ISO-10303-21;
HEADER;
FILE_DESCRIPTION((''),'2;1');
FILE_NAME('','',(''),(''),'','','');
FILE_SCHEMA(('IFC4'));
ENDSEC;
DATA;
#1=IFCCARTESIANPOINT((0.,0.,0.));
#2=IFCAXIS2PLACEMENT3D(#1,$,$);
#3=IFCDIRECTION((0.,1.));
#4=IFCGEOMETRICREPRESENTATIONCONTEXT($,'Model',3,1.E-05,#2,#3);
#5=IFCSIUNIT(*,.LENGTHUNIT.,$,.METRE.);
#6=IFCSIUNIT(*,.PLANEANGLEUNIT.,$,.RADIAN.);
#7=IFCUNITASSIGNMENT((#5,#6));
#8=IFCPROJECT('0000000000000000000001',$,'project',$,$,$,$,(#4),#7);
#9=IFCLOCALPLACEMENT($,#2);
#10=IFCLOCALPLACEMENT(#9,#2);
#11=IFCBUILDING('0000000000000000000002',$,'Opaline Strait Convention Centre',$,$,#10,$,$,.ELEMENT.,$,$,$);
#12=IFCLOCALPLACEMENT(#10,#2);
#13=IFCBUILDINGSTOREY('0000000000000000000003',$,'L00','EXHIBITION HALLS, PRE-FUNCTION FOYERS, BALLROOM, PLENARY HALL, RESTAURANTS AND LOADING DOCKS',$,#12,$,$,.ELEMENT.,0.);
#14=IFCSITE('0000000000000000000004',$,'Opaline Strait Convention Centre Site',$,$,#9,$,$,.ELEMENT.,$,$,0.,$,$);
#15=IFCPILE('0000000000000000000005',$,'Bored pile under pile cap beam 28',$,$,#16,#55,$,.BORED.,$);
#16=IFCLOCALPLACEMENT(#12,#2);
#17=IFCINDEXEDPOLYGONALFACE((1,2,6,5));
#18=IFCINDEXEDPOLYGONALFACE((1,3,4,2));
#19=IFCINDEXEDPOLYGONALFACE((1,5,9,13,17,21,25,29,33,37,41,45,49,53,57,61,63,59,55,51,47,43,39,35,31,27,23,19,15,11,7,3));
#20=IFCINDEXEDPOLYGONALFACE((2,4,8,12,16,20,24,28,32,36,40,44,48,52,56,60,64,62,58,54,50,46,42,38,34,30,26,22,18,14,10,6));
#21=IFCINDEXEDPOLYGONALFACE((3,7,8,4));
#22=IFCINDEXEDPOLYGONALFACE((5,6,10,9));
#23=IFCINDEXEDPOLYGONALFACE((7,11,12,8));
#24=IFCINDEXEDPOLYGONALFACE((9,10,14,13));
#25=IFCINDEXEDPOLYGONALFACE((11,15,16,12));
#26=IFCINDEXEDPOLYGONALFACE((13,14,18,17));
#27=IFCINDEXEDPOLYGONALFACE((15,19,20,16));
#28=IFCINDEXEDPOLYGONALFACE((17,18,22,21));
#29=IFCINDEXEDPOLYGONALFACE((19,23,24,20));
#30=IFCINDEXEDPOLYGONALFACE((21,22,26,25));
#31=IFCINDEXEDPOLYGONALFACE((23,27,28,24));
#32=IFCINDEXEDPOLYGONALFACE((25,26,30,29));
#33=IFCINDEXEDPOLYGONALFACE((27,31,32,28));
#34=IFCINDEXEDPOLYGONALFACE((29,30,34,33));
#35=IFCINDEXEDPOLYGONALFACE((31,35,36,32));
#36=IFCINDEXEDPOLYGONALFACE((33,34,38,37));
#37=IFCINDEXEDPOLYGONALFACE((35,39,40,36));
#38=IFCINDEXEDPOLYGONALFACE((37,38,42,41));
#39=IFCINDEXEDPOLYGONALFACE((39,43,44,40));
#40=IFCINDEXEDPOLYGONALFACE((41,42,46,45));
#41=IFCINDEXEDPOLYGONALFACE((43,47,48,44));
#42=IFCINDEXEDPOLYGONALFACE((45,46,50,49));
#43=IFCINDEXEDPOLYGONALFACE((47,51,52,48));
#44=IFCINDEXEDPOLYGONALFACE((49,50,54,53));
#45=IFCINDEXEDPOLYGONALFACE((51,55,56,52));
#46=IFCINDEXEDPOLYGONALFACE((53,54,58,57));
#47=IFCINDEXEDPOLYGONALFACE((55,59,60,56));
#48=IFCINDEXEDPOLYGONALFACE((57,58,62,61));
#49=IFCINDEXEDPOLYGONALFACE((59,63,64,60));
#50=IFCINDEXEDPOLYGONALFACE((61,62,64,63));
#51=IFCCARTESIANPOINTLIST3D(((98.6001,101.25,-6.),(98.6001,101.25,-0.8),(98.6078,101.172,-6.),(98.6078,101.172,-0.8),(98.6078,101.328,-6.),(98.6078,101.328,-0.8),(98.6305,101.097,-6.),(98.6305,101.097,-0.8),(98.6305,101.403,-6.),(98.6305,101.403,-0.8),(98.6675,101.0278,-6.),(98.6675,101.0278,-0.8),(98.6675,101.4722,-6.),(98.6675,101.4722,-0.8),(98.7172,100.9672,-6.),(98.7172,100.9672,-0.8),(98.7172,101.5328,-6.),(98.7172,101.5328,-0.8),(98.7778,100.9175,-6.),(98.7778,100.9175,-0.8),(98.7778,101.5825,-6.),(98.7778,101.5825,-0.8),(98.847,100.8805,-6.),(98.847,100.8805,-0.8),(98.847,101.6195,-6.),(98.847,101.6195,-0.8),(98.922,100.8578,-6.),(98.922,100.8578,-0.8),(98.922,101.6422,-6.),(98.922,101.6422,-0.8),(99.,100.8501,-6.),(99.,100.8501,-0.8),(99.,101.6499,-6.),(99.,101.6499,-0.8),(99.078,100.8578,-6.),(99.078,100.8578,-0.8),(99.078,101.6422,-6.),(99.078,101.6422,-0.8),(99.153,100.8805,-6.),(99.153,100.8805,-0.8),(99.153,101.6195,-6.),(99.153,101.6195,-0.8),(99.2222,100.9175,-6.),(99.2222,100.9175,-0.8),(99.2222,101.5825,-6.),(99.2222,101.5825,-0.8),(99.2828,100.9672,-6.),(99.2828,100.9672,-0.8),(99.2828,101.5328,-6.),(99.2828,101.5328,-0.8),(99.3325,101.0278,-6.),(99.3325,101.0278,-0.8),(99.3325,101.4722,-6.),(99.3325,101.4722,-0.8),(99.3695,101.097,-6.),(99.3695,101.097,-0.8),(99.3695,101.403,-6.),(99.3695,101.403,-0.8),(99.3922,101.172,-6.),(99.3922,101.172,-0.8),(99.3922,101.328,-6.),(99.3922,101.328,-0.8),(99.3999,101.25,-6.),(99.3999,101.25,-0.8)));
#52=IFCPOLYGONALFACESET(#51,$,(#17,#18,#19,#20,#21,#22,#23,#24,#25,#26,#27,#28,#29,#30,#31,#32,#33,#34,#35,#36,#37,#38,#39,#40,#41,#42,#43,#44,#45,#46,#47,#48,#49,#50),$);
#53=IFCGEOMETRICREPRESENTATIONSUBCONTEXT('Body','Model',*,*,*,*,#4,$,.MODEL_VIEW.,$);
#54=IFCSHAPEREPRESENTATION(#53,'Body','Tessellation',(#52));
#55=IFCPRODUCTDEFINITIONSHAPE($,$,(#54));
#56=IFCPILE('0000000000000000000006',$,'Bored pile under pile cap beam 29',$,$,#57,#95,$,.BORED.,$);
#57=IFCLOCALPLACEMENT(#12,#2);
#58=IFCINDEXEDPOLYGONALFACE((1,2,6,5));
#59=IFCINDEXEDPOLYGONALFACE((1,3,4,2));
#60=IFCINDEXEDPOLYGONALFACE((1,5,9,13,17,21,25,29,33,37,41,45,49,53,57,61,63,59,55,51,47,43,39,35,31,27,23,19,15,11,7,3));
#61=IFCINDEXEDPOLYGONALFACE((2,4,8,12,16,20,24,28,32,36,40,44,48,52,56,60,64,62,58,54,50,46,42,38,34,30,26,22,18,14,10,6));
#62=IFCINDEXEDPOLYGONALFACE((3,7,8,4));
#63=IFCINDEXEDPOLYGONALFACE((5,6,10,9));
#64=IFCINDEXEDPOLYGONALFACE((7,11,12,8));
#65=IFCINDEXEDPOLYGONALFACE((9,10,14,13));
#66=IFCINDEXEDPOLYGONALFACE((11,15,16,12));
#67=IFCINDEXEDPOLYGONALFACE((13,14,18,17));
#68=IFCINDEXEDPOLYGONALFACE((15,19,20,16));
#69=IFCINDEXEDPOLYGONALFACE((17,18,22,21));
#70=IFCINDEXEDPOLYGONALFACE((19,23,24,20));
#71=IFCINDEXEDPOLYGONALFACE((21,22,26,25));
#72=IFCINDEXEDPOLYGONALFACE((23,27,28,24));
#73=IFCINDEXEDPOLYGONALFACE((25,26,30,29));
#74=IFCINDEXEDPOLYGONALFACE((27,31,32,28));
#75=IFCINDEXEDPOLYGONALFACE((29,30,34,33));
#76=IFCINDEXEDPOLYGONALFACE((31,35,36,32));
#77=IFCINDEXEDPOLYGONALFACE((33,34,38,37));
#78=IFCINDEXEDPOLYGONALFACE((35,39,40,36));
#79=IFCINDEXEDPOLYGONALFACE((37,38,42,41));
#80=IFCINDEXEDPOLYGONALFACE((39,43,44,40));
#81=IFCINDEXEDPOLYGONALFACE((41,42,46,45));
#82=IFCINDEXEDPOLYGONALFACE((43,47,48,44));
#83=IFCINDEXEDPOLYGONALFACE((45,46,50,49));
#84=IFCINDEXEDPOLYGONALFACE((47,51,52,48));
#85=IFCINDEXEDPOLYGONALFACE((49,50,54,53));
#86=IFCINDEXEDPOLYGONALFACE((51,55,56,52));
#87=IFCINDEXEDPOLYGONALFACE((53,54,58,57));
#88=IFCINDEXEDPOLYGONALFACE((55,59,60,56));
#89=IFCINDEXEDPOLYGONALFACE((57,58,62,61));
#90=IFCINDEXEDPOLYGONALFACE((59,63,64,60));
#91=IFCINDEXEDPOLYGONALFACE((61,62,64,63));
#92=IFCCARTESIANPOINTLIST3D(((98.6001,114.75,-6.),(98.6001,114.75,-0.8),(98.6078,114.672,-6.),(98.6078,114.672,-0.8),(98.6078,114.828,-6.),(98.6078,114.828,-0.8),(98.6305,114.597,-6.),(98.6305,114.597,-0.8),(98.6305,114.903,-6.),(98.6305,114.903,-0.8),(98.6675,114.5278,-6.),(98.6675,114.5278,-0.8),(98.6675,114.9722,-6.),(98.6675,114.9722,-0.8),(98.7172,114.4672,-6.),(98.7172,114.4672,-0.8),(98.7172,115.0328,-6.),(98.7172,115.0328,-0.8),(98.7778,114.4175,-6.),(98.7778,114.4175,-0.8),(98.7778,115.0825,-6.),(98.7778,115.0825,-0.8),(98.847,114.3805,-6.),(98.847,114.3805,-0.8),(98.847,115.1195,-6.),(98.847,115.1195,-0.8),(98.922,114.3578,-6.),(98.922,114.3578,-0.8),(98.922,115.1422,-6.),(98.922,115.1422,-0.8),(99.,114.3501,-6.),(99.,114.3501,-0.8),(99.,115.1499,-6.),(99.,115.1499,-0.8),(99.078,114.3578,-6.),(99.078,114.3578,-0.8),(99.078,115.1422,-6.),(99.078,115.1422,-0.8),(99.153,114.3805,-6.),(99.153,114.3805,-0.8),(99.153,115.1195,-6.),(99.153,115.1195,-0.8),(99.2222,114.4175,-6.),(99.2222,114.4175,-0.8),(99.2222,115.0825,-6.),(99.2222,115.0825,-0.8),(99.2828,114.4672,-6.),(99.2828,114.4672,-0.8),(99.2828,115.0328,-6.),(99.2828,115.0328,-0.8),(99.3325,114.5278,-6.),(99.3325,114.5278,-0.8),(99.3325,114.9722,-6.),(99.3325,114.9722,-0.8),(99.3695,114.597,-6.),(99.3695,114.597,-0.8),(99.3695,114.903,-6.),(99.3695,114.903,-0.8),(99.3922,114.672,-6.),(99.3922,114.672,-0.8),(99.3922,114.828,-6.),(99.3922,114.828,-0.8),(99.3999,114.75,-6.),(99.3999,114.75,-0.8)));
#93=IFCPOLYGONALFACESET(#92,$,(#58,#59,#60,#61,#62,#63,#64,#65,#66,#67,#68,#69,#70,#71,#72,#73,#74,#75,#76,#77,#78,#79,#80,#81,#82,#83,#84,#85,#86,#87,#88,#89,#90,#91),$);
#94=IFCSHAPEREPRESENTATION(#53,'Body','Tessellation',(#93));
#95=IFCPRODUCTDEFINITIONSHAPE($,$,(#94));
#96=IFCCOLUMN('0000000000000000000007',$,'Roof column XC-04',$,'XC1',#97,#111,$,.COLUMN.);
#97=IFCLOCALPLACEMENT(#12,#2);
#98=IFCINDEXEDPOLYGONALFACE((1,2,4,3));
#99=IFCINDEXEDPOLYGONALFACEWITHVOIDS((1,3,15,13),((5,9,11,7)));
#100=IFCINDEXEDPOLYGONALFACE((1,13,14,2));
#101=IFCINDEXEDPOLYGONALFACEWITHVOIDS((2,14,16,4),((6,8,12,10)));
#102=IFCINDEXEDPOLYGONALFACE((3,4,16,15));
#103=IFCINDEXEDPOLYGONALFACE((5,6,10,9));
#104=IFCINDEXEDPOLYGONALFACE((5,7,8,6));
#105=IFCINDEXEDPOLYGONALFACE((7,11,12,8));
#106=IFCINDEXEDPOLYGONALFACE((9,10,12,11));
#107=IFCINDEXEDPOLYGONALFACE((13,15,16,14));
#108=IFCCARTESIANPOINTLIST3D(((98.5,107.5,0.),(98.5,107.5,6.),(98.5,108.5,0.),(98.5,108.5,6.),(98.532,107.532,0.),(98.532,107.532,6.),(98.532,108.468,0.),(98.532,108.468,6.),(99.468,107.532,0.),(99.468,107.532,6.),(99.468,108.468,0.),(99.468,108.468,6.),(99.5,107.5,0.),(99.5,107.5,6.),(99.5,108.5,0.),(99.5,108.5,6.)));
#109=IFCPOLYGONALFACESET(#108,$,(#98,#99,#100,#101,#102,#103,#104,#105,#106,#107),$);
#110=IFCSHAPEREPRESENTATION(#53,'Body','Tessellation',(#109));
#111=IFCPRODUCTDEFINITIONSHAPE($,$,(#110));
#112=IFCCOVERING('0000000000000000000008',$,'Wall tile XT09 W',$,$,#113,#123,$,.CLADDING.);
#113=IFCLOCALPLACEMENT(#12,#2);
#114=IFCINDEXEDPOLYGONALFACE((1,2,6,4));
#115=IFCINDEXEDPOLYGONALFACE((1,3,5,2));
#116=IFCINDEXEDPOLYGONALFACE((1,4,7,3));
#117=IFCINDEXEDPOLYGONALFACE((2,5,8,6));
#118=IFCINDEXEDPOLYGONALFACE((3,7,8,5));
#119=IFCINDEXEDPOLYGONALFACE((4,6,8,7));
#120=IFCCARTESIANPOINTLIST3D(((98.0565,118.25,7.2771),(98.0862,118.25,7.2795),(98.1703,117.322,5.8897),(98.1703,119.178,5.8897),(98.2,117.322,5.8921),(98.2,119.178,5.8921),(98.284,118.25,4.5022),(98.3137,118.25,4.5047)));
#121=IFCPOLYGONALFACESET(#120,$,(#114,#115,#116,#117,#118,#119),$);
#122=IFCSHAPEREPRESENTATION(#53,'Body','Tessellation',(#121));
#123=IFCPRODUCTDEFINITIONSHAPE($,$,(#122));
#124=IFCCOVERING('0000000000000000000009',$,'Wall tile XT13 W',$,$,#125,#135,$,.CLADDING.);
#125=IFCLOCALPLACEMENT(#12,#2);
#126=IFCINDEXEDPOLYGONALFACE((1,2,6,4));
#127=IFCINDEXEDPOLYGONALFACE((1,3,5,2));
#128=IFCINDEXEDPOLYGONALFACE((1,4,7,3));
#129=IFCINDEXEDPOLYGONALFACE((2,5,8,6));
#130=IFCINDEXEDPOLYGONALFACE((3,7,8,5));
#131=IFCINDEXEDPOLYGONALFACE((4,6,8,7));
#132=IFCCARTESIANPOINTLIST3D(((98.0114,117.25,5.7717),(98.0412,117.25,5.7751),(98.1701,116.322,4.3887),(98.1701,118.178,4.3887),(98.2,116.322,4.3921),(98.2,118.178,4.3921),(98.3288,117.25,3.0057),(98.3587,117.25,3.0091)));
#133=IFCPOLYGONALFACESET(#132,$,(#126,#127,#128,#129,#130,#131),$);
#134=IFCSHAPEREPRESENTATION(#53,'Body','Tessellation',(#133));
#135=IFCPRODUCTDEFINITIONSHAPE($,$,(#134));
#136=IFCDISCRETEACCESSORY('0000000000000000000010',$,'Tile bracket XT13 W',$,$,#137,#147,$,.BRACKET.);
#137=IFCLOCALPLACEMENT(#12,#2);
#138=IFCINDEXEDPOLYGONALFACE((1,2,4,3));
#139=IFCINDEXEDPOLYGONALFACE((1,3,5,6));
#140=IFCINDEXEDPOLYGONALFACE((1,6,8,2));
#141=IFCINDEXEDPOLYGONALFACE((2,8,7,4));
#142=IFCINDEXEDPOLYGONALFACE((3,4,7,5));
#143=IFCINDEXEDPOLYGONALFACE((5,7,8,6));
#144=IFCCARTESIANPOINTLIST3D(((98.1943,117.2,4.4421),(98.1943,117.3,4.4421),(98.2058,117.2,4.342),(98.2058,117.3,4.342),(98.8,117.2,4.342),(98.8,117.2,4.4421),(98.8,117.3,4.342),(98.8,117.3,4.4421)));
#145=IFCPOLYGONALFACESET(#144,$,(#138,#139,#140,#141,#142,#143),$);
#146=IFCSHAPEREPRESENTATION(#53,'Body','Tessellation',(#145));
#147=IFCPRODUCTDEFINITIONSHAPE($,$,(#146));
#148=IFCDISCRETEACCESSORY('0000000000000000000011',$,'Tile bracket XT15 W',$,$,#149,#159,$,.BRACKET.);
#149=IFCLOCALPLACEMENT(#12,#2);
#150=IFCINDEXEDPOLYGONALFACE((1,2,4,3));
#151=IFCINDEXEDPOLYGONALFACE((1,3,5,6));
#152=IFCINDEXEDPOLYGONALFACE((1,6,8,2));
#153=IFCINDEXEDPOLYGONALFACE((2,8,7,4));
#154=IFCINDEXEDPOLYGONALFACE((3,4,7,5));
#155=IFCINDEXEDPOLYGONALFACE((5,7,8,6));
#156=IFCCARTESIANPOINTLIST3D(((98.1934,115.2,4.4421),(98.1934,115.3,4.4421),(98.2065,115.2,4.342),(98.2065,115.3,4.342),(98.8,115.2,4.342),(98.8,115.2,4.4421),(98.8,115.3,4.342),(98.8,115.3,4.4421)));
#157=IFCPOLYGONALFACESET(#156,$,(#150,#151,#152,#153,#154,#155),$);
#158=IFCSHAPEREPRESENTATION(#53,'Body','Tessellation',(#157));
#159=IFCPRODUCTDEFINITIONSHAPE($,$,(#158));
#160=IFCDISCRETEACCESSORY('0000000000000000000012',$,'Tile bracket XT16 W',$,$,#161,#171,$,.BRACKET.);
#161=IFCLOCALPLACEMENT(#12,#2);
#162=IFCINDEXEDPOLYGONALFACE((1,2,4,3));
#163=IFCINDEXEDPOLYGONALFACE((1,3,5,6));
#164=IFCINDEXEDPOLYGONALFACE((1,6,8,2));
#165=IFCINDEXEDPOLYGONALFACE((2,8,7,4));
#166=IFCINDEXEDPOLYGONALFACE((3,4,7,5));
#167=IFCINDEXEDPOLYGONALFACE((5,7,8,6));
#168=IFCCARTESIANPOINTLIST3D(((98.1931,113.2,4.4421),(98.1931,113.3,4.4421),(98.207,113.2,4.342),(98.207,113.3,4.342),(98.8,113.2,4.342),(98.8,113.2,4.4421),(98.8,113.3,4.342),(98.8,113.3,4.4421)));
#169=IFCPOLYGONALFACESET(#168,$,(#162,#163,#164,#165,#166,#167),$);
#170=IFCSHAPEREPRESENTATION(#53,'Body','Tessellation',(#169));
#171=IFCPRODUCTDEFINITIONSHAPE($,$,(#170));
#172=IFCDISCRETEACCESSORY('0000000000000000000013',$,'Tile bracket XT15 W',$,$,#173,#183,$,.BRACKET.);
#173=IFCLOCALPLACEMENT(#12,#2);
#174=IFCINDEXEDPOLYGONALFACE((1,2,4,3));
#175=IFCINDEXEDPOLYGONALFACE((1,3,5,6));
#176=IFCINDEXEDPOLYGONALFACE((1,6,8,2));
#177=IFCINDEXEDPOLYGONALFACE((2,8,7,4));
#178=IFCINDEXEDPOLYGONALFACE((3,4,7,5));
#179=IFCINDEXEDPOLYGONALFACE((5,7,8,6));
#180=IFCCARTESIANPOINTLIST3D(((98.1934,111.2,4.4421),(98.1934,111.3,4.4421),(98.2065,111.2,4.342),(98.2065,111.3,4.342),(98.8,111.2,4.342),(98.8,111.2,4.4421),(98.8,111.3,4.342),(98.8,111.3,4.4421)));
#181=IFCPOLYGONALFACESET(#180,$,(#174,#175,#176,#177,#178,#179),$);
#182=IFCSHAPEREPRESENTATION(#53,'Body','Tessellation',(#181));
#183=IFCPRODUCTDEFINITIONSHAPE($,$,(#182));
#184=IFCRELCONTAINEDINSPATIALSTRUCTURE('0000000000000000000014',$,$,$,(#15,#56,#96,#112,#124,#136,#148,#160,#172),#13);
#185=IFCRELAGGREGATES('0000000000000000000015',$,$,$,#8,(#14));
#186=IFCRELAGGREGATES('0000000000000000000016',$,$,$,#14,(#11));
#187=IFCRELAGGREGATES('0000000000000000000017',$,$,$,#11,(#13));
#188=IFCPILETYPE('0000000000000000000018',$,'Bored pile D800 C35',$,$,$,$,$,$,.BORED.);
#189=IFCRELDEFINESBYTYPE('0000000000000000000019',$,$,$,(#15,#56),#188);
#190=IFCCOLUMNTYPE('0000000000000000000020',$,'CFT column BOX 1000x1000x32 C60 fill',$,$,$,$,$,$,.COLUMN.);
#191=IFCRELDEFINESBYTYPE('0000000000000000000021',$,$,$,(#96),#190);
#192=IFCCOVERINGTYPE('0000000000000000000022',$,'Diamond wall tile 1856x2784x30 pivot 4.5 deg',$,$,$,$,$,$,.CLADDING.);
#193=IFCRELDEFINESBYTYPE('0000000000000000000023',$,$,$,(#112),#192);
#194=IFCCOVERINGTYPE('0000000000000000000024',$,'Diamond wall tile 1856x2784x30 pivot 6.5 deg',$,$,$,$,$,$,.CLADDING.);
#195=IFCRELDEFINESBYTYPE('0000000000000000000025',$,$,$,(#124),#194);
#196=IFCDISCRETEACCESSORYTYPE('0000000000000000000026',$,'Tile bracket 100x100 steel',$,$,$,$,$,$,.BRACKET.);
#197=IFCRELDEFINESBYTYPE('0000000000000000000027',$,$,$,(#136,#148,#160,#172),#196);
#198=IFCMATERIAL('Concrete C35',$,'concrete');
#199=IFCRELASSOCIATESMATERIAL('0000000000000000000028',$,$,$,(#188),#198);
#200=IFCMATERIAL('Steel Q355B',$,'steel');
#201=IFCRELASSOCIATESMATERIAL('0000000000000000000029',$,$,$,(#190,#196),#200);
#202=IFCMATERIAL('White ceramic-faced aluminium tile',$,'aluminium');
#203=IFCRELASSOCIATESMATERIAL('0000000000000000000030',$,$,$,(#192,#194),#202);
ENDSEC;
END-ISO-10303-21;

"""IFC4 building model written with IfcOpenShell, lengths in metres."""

from ifc_helpers import new_model, si_unit, direction, frame, origin, origin_2d, place, context, subcontext, project, spatial, polyline, hollow_rectangle, circle, outline, extrude, material, material_profile, profile_set, type_object, element, save


model = new_model("IFC4")

# Units and contexts
model_context = context("Model", 3, precision=1e-05, world=origin(), true_north=direction((0.0, 1.0)))
body_context = subcontext(model_context, "Body", "Model", "MODEL_VIEW")
ifc_project = project(units=[si_unit("LENGTHUNIT", "METRE"), si_unit("PLANEANGLEUNIT", "RADIAN")], contexts=[model_context])

# Site, building, storey
site_placement = place(None, origin())
site = spatial("IfcSite", under=ifc_project, at=site_placement, Name="Opaline Strait Convention Centre Site", CompositionType="ELEMENT", RefElevation=0.0)
building_placement = place(site_placement, origin())
building = spatial("IfcBuilding", under=site, at=building_placement, Name="Opaline Strait Convention Centre", CompositionType="ELEMENT")
storey_placement = place(building_placement, origin())
storey = spatial("IfcBuildingStorey", under=building, at=storey_placement, Name="L00", Description="EXHIBITION HALLS, PRE-FUNCTION FOYERS, BALLROOM, PLENARY HALL, RESTAURANTS AND LOADING DOCKS", CompositionType="ELEMENT", Elevation=0.0)

# Piles
ifc_material_1 = material(Name="Concrete C35", Category="concrete")
ifc_material_profile_1 = material_profile(ifc_material_1, circle(Radius=0.3999, at=origin_2d()), Name="D800")
ifc_profile_set_1 = profile_set([ifc_material_profile_1], Name="Concrete C35")
pile_type = type_object("IfcPileType", Name="Bored pile D800 C35", PredefinedType="BORED", material=ifc_profile_set_1)
for number, where, z_axis, x_axis, name in (
    (1, (99.0, 101.25, -0.8), (0.0, 0.0, -1.0), (1.0, 0.0, 0.0), "Bored pile under pile cap beam 28"),
    (2, (99.0, 114.75, -0.8), (0.0, 0.0, -1.0), (1.0, 0.0, 0.0), "Bored pile under pile cap beam 29"),
):
    element("IfcPile", number, at=place(storey_placement, frame(where, z_axis=z_axis, x_axis=x_axis)), inside=storey, type_object=pile_type, Name=name, PredefinedType="BORED", context=body_context, shape_type="SweptSolid", body=[
        extrude(circle(Radius=0.3999, at=origin_2d()), origin(), (0.0, 0.0, 1.0), 5.2),
    ])

# Column
ifc_material_2 = material(Name="Steel Q355B", Category="steel")
ifc_material_profile_2 = material_profile(ifc_material_2, hollow_rectangle(XDim=1.0, YDim=1.0, WallThickness=0.032, at=origin_2d()), Name="BOX 1000x1000x32")
ifc_profile_set_2 = profile_set([ifc_material_profile_2], Name="Steel Q355B")
column_type = type_object("IfcColumnType", Name="CFT column BOX 1000x1000x32 C60 fill", PredefinedType="COLUMN", material=ifc_profile_set_2)
column_placement = place(storey_placement, frame((99.0, 108.0, 0.0), z_axis=(0.0, 0.0, 1.0), x_axis=(1.0, 0.0, 0.0)))
element("IfcColumn", 3, at=column_placement, inside=storey, type_object=column_type, Name="Roof column XC-04", ObjectType="XC1", PredefinedType="COLUMN", context=body_context, shape_type="SweptSolid", body=[
    extrude(hollow_rectangle(XDim=1.0, YDim=1.0, WallThickness=0.032, at=origin_2d()), origin(), (0.0, 0.0, 1.0), 6.0),
])

# Coverings
ifc_material_3 = material(Name="White ceramic-faced aluminium tile", Category="aluminium")
ifc_material_profile_3 = material_profile(ifc_material_3, outline(polyline([(0.928, 0.0), (0.0, 1.3921), (-0.928, 0.0), (0.0, -1.3921), (0.928, 0.0)])), Name="Diamond tile 1856x2784")
ifc_profile_set_3 = profile_set([ifc_material_profile_3], Name="White ceramic-faced aluminium tile")
covering_type_1 = type_object("IfcCoveringType", Name="Diamond wall tile 1856x2784x30 pivot 4.5 deg", PredefinedType="CLADDING", material=ifc_profile_set_3)
covering_1_placement = place(storey_placement, frame((98.2, 118.25, 5.8921), z_axis=(-0.996658, 0.0, -0.081693), x_axis=(0.0, -1.0, 0.0)))
element("IfcCovering", 4, at=covering_1_placement, inside=storey, type_object=covering_type_1, Name="Wall tile XT09 W", PredefinedType="CLADDING", context=body_context, shape_type="SweptSolid", body=[
    extrude(outline(polyline([(0.928, 0.0), (0.0, 1.3921), (-0.928, 0.0), (0.0, -1.3921), (0.928, 0.0)])), origin(), (0.0, 0.0, 1.0), 0.0298),
])
ifc_material_profile_4 = material_profile(ifc_material_3, outline(polyline([(0.928, 0.0), (0.0, 1.3921), (-0.928, 0.0), (0.0, -1.3921), (0.928, 0.0)])), Name="Diamond tile 1856x2784")
ifc_profile_set_4 = profile_set([ifc_material_profile_4], Name="White ceramic-faced aluminium tile")
covering_type_2 = type_object("IfcCoveringType", Name="Diamond wall tile 1856x2784x30 pivot 6.5 deg", PredefinedType="CLADDING", material=ifc_profile_set_4)
covering_2_placement = place(storey_placement, frame((98.2, 117.25, 4.3921), z_axis=(-0.99348, 0.0, -0.114006), x_axis=(0.0, -1.0, 0.0)))
element("IfcCovering", 5, at=covering_2_placement, inside=storey, type_object=covering_type_2, Name="Wall tile XT13 W", PredefinedType="CLADDING", context=body_context, shape_type="SweptSolid", body=[
    extrude(outline(polyline([(0.928, 0.0), (0.0, 1.3921), (-0.928, 0.0), (0.0, -1.3921), (0.928, 0.0)])), origin(), (0.0, 0.0, 1.0), 0.03),
])

# Discrete accessories
discrete_accessory_type = type_object("IfcDiscreteAccessoryType", Name="Tile bracket 100x100 steel", PredefinedType="BRACKET", material=ifc_material_2)
discrete_accessory_1_placement = place(storey_placement, frame((98.8, 117.3, 4.3921), z_axis=(0.0, -1.0, 0.0), x_axis=(1.0, 0.0, 0.0)))
element("IfcDiscreteAccessory", 6, at=discrete_accessory_1_placement, inside=storey, type_object=discrete_accessory_type, Name="Tile bracket XT13 W", PredefinedType="BRACKET", context=body_context, shape_type="SweptSolid", body=[
    extrude(outline(polyline([(0.0, -0.05), (0.0, 0.05), (-0.6057, 0.05), (-0.5942, -0.05), (0.0, -0.05)])), origin(), (0.0, 0.0, 1.0), 0.1001),
])
discrete_accessory_2_placement = place(storey_placement, frame((98.8, 115.3, 4.3921), z_axis=(0.0, -1.0, 0.0), x_axis=(1.0, 0.0, 0.0)))
element("IfcDiscreteAccessory", 7, at=discrete_accessory_2_placement, inside=storey, type_object=discrete_accessory_type, Name="Tile bracket XT15 W", PredefinedType="BRACKET", context=body_context, shape_type="SweptSolid", body=[
    extrude(outline(polyline([(0.0, -0.05), (0.0, 0.05), (-0.6067, 0.05), (-0.5935, -0.05), (0.0, -0.05)])), origin(), (0.0, 0.0, 1.0), 0.1001),
])
discrete_accessory_3_placement = place(storey_placement, frame((98.8, 113.3, 4.3921), z_axis=(0.0, -1.0, 0.0), x_axis=(1.0, 0.0, 0.0)))
element("IfcDiscreteAccessory", 8, at=discrete_accessory_3_placement, inside=storey, type_object=discrete_accessory_type, Name="Tile bracket XT16 W", PredefinedType="BRACKET", context=body_context, shape_type="SweptSolid", body=[
    extrude(outline(polyline([(0.0, -0.05), (0.0, 0.05), (-0.6069, 0.05), (-0.593, -0.05), (0.0, -0.05)])), origin(), (0.0, 0.0, 1.0), 0.1001),
])
discrete_accessory_4_placement = place(storey_placement, frame((98.8, 111.3, 4.3921), z_axis=(0.0, -1.0, 0.0), x_axis=(1.0, 0.0, 0.0)))
element("IfcDiscreteAccessory", 9, at=discrete_accessory_4_placement, inside=storey, type_object=discrete_accessory_type, Name="Tile bracket XT15 W", PredefinedType="BRACKET", context=body_context, shape_type="SweptSolid", body=[
    extrude(outline(polyline([(0.0, -0.05), (0.0, 0.05), (-0.6067, 0.05), (-0.5935, -0.05), (0.0, -0.05)])), origin(), (0.0, 0.0, 1.0), 0.1001),
])

save(model, "model.ifc")
